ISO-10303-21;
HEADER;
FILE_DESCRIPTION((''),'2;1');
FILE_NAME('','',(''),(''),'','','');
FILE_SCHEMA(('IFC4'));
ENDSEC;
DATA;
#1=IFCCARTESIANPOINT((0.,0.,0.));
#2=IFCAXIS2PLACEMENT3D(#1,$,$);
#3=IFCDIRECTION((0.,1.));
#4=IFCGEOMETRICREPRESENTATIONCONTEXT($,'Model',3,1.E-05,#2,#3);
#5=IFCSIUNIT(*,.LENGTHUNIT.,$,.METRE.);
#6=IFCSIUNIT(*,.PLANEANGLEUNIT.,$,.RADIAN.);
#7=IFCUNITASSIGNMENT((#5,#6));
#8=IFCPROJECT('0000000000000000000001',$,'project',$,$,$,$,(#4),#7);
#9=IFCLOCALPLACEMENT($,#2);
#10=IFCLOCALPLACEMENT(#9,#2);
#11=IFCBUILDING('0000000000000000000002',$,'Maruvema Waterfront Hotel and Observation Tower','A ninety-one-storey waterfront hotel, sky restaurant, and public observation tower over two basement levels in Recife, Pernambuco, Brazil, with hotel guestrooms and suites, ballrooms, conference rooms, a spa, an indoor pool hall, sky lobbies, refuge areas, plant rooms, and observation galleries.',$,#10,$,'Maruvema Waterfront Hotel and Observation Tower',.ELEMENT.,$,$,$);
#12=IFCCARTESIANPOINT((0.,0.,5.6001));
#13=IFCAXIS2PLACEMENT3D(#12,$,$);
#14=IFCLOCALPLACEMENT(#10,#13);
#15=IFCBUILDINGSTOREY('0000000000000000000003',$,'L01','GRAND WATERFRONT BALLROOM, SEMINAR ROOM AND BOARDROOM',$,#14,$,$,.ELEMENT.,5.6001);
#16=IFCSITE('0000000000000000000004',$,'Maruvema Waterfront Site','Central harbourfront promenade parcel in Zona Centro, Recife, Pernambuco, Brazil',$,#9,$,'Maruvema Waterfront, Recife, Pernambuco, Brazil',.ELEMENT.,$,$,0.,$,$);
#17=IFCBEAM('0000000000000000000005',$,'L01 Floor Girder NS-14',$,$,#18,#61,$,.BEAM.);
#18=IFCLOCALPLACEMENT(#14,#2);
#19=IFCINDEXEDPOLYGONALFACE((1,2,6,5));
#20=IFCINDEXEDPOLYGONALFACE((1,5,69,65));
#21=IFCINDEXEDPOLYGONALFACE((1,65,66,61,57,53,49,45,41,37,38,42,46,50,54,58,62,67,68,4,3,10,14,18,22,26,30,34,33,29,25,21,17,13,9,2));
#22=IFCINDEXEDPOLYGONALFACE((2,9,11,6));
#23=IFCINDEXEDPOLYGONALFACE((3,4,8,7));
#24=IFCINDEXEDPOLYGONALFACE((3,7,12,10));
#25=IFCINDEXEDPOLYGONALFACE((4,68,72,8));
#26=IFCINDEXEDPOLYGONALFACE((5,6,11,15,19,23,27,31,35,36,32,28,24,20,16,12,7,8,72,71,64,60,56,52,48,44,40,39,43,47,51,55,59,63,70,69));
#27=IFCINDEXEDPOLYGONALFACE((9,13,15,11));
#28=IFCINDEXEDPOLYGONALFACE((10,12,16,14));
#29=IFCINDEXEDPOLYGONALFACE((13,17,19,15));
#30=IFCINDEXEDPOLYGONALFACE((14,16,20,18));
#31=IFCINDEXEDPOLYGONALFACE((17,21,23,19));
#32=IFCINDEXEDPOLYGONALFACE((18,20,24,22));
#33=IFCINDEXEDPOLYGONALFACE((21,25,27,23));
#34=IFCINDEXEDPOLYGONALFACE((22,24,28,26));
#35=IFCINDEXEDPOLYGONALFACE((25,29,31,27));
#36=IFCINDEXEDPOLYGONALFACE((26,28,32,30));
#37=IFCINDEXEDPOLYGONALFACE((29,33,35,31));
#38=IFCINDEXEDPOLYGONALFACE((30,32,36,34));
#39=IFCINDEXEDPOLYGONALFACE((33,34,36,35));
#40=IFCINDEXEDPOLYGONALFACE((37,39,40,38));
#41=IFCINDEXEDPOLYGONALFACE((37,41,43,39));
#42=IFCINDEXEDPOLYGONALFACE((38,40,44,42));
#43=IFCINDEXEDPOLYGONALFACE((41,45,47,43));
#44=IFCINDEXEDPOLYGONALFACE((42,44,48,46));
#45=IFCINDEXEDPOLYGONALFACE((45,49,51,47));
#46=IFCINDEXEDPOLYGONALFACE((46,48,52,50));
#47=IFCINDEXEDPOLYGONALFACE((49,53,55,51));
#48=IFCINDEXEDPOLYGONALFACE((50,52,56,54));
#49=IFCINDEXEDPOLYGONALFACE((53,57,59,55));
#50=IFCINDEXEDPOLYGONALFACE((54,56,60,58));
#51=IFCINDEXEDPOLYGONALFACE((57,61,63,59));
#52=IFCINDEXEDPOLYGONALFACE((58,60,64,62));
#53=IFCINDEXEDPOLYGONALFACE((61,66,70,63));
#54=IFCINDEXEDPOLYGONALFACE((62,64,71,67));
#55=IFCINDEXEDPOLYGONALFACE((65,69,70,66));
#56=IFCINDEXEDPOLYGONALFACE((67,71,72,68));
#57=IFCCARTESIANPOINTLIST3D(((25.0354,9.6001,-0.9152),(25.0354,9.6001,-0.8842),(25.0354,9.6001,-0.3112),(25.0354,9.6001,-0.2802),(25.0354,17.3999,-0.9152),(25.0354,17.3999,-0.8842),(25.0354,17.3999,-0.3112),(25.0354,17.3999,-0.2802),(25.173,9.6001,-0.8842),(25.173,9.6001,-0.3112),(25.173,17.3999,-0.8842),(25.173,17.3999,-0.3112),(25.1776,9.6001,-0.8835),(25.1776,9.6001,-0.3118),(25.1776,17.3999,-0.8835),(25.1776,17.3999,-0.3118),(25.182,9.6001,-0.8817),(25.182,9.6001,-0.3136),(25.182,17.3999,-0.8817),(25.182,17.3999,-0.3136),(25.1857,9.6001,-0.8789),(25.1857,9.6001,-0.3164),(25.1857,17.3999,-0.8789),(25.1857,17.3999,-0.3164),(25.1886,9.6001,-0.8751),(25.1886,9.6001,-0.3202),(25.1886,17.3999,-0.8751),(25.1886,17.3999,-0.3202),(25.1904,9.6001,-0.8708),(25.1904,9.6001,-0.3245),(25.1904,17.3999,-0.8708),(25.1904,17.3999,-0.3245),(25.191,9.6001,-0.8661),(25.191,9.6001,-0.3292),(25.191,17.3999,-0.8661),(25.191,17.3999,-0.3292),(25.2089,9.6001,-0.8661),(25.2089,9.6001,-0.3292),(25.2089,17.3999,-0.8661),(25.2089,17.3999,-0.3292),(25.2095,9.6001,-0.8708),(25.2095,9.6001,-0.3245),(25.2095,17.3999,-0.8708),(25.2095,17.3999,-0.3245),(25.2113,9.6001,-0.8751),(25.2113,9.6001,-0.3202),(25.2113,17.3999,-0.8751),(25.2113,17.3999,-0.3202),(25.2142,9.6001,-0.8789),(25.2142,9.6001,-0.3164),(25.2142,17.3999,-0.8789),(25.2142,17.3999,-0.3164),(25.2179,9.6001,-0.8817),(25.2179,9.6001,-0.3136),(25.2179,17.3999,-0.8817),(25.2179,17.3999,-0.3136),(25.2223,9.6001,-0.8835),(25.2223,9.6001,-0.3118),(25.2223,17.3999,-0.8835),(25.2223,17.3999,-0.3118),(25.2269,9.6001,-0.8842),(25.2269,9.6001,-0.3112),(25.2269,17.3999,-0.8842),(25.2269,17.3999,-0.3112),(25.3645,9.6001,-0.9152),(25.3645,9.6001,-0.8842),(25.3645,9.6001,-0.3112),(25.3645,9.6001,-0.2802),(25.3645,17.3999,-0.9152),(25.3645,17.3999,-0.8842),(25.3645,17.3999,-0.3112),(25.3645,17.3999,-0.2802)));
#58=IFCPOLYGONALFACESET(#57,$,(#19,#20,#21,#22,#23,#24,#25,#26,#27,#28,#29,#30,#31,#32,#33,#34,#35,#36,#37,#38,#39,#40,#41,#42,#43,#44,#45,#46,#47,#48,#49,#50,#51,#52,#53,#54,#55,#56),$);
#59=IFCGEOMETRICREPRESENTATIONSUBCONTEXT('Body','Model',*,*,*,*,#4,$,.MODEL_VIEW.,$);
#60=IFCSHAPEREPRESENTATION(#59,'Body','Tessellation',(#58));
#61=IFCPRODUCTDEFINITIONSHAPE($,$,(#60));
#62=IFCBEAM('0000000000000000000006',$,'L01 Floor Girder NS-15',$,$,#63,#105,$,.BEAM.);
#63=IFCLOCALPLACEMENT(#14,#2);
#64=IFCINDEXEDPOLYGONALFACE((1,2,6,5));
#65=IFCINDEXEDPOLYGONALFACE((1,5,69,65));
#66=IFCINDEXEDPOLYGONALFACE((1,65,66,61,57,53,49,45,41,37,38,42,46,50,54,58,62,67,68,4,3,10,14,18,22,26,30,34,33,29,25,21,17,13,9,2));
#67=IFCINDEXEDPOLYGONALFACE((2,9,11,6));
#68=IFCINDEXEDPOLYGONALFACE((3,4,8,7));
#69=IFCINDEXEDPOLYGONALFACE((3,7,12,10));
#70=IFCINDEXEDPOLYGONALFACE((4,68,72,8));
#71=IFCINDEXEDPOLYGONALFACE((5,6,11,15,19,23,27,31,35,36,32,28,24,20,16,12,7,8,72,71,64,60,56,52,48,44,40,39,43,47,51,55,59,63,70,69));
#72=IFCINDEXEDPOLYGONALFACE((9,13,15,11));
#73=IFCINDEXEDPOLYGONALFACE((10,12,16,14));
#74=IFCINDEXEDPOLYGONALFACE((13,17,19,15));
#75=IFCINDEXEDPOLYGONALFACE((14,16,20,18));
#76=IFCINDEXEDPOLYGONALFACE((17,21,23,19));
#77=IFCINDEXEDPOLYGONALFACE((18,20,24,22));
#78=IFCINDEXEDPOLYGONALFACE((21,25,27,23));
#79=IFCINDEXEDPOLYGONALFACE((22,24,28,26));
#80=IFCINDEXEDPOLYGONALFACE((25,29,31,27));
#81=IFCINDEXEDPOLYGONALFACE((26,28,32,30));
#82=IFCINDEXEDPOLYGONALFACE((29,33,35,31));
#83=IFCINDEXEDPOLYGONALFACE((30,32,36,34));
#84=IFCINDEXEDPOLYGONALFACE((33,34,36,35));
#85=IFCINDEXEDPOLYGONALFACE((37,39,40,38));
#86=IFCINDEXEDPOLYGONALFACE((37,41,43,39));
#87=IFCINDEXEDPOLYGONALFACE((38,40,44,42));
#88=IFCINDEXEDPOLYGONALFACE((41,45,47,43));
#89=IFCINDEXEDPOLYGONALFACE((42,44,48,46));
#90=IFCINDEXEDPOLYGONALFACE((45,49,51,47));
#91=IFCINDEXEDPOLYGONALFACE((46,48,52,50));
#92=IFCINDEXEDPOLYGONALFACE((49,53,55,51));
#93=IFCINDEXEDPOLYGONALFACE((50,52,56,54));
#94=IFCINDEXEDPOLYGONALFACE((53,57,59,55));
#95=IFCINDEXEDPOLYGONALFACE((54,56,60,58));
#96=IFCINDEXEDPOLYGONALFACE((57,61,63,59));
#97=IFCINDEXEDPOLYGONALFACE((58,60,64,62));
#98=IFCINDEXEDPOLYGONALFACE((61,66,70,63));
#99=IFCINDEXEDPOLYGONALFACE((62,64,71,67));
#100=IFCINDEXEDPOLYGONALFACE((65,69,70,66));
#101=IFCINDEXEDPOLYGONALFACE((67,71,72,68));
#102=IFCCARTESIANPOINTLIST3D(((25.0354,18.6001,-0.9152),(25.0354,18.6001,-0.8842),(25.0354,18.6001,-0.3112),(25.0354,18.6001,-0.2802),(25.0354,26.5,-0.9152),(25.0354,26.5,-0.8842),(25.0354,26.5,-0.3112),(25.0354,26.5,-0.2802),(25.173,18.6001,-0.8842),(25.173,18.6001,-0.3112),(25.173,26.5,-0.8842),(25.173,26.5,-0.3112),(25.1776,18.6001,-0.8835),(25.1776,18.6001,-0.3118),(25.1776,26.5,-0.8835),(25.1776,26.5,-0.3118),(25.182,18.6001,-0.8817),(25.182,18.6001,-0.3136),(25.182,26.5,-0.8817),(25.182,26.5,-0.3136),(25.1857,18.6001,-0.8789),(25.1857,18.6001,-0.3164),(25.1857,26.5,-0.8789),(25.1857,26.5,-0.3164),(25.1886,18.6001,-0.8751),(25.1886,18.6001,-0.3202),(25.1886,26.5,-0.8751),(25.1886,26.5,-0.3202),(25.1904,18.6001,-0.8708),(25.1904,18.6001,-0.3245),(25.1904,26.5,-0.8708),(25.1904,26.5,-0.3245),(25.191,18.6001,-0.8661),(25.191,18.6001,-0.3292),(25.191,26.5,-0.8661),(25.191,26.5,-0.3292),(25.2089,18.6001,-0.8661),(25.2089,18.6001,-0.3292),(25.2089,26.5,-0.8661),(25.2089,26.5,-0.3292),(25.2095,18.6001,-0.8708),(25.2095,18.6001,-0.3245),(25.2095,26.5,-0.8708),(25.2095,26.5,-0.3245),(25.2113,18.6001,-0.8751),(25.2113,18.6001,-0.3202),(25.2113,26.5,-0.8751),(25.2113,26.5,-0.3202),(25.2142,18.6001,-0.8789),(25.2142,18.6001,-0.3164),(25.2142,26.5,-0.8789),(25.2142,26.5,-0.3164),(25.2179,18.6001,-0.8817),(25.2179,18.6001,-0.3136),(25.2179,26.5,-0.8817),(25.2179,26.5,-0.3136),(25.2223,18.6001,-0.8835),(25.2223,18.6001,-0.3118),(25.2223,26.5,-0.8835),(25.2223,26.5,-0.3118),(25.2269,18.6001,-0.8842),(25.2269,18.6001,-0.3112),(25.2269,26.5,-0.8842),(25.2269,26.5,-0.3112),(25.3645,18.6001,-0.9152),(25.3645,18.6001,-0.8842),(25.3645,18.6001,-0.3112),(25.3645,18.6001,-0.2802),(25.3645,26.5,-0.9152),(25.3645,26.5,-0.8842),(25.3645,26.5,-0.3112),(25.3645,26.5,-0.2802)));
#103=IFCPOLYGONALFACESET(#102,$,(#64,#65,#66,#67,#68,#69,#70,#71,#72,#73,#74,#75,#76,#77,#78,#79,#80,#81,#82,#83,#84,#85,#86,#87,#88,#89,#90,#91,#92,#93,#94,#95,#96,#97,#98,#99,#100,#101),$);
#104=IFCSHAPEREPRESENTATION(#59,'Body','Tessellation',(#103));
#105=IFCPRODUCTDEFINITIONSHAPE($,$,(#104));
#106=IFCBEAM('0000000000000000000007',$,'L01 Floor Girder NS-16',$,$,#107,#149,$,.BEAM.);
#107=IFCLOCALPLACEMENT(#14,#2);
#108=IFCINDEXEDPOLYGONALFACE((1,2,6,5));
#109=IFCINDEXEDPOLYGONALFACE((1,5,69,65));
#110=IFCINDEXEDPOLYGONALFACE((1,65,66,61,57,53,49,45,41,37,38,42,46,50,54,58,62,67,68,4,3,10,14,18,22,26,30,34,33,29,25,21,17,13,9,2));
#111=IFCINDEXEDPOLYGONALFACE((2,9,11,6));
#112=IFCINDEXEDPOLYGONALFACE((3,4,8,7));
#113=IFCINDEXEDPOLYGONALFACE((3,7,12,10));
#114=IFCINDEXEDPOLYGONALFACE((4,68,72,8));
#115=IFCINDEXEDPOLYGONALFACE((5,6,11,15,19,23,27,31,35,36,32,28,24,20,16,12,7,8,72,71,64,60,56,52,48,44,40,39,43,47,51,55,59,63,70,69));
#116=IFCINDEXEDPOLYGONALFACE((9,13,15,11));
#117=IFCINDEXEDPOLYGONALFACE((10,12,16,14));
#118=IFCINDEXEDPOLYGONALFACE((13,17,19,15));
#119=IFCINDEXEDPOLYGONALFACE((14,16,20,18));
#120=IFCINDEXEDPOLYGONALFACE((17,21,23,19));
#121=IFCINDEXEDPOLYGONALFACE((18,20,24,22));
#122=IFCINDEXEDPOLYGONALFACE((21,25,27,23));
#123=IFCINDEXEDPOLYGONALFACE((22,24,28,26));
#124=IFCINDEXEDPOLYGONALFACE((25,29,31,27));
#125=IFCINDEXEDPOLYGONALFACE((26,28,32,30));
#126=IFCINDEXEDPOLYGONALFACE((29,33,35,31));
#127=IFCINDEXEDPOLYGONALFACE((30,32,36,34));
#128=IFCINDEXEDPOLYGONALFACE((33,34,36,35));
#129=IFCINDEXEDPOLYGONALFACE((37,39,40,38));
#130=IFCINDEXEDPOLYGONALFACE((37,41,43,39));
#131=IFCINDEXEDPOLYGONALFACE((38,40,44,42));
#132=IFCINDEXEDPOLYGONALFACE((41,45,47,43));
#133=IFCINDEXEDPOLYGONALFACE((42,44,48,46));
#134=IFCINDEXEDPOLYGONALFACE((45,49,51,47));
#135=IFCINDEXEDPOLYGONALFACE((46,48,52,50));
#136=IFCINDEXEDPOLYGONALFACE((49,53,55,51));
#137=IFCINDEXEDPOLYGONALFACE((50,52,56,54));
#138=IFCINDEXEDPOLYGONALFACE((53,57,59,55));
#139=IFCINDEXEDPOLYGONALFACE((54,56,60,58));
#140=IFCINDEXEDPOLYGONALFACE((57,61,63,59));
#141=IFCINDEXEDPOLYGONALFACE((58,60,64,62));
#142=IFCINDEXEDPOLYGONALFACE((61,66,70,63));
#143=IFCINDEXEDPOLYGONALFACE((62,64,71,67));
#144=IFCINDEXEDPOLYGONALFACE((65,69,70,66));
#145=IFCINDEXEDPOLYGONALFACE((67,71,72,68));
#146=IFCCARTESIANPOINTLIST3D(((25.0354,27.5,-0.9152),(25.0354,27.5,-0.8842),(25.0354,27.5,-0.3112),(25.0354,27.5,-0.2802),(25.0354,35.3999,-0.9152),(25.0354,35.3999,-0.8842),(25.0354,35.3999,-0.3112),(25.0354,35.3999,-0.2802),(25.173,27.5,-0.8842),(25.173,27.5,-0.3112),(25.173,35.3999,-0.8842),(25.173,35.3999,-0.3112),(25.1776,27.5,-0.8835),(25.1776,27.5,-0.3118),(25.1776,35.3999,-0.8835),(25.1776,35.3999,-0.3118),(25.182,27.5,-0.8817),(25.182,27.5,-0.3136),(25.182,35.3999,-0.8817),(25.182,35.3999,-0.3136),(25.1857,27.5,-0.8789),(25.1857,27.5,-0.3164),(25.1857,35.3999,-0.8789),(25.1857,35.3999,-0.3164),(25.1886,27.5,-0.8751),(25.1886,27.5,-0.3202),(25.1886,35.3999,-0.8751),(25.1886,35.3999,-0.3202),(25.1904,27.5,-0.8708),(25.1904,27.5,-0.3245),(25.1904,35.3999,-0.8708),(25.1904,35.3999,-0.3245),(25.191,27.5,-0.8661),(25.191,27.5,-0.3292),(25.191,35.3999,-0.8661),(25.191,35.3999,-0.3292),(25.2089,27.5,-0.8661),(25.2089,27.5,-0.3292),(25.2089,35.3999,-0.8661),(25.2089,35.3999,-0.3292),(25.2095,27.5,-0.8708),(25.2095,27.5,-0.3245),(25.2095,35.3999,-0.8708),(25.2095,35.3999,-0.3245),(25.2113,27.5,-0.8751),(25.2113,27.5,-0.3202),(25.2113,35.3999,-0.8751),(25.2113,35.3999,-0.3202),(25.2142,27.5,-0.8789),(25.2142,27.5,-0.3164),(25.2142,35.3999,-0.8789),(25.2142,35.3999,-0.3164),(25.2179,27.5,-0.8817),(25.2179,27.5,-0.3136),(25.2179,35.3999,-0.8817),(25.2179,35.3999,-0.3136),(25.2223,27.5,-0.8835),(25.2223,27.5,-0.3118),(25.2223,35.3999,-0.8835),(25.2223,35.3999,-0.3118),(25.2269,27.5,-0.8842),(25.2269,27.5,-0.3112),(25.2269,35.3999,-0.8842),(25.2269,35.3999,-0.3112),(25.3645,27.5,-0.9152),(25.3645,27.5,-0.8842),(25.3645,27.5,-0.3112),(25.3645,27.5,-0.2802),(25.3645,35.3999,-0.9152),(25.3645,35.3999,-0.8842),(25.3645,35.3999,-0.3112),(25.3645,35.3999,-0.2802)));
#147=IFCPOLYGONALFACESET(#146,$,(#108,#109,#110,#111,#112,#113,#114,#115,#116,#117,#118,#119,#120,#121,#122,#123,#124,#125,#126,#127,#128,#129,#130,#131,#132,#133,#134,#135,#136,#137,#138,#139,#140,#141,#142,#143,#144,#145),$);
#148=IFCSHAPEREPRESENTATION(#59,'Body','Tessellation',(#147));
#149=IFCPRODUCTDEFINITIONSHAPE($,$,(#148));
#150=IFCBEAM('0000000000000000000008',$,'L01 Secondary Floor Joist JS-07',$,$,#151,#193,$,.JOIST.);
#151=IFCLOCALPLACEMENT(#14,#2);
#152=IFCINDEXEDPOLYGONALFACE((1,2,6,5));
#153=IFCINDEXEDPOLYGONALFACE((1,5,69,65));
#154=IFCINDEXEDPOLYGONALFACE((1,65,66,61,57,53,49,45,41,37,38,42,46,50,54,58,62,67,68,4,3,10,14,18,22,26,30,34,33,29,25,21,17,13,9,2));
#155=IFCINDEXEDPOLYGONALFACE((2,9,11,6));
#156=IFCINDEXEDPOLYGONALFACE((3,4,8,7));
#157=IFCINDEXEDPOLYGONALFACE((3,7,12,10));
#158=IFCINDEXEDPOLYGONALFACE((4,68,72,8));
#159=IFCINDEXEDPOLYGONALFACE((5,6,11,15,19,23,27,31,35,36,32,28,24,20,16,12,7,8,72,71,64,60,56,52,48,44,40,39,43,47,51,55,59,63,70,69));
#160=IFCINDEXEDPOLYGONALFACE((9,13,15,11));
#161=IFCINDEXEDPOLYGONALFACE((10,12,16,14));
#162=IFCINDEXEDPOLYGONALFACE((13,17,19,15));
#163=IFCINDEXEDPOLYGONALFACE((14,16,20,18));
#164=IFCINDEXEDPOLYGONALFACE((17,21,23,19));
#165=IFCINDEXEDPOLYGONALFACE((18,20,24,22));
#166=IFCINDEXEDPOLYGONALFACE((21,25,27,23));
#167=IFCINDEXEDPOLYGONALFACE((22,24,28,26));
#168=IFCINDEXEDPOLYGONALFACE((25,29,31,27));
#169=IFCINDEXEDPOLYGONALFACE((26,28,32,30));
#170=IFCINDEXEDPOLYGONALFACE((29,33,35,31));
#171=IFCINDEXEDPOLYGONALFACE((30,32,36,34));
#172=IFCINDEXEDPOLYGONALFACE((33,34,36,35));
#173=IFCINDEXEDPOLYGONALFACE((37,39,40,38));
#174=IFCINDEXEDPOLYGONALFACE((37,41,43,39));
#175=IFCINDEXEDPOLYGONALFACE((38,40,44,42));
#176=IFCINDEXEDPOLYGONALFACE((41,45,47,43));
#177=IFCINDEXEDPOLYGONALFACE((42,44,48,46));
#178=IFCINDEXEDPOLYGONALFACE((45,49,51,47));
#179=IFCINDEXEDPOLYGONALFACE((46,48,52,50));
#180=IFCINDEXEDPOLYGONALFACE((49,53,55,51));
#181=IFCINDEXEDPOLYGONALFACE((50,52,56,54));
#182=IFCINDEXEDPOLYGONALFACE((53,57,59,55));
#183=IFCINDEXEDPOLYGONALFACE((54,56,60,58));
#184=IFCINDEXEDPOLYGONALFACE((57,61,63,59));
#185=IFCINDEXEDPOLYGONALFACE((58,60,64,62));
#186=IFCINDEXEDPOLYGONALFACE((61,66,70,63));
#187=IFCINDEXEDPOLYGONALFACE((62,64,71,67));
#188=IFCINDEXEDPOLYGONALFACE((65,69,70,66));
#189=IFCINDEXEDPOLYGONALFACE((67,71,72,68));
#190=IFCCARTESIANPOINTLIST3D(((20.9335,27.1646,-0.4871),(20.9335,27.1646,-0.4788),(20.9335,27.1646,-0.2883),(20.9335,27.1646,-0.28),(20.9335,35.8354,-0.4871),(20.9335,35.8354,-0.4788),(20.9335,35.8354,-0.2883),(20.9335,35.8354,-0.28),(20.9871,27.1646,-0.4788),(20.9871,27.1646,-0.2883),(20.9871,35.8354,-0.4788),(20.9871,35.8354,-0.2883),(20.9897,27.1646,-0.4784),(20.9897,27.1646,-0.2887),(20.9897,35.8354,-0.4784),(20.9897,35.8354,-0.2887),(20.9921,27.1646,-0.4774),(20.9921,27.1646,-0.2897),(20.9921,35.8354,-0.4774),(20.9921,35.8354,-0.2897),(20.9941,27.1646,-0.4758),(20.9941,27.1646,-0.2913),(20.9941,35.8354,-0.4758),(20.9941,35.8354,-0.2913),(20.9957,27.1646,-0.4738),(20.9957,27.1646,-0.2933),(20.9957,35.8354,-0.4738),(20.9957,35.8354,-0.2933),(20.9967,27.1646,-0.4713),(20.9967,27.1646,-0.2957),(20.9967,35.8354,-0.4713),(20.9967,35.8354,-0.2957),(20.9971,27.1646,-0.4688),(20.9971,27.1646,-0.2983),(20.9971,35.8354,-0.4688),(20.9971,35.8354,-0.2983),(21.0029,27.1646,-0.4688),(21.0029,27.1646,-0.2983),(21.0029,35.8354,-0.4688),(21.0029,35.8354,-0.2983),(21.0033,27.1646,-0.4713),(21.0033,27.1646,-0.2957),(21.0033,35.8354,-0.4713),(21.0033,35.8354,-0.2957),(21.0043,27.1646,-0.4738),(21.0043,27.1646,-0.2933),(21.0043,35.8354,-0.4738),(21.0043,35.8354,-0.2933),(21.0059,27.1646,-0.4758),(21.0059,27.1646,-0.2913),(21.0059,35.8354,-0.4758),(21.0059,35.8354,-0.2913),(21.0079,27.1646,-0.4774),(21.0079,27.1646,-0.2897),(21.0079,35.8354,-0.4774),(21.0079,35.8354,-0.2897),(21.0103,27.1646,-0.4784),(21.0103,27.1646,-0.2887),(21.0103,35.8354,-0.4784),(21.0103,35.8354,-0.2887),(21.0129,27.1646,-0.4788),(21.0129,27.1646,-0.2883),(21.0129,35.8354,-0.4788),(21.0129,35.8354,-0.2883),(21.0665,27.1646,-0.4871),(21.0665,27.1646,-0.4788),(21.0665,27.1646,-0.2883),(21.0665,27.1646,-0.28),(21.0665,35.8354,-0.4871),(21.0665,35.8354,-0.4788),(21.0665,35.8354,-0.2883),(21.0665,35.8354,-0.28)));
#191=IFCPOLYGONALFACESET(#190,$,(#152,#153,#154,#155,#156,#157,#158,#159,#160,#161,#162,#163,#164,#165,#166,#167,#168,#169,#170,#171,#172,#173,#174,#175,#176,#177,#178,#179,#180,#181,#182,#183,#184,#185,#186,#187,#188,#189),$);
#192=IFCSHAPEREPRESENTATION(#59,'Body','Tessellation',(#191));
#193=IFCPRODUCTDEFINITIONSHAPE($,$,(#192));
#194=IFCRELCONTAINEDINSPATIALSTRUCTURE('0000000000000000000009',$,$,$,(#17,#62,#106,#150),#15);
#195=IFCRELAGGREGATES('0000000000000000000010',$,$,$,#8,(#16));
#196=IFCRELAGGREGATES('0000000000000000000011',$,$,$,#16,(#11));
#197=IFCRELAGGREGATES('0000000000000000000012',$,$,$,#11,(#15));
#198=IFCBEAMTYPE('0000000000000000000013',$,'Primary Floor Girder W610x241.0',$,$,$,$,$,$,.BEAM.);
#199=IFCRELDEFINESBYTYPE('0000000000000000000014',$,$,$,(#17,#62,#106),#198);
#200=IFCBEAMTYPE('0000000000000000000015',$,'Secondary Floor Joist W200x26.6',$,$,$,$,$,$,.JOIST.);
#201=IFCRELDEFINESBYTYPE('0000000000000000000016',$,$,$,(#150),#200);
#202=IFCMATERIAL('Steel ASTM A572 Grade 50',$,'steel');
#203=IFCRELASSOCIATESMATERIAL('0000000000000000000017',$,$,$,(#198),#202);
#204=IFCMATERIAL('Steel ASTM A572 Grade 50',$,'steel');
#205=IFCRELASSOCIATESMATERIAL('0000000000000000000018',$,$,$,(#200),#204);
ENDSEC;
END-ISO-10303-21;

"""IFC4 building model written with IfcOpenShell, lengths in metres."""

from ifc_helpers import new_model, si_unit, direction, frame, origin, origin_2d, place, context, subcontext, project, spatial, i_section, extrude, material, material_profile, profile_set, type_object, element, save


model = new_model("IFC4")

# Units and contexts
model_context = context("Model", 3, precision=1e-05, world=origin(), true_north=direction((0.0, 1.0)))
body_context = subcontext(model_context, "Body", "Model", "MODEL_VIEW")
ifc_project = project(units=[si_unit("LENGTHUNIT", "METRE"), si_unit("PLANEANGLEUNIT", "RADIAN")], contexts=[model_context])

# Site, building, storey
site_placement = place(None, origin())
site = spatial("IfcSite", under=ifc_project, at=site_placement, Name="Maruvema Waterfront Site", Description="Central harbourfront promenade parcel in Zona Centro, Recife, Pernambuco, Brazil", LongName="Maruvema Waterfront, Recife, Pernambuco, Brazil", CompositionType="ELEMENT", RefElevation=0.0)
building_placement = place(site_placement, origin())
building = spatial("IfcBuilding", under=site, at=building_placement, Name="Maruvema Waterfront Hotel and Observation Tower", Description="A ninety-one-storey waterfront hotel, sky restaurant, and public observation tower over two basement levels in Recife, Pernambuco, Brazil, with hotel guestrooms and suites, ballrooms, conference rooms, a spa, an indoor pool hall, sky lobbies, refuge areas, plant rooms, and observation galleries.", LongName="Maruvema Waterfront Hotel and Observation Tower", CompositionType="ELEMENT")
storey_placement = place(building_placement, frame((0.0, 0.0, 5.6001)))
storey = spatial("IfcBuildingStorey", under=building, at=storey_placement, Name="L01", Description="GRAND WATERFRONT BALLROOM, SEMINAR ROOM AND BOARDROOM", CompositionType="ELEMENT", Elevation=5.6001)

# Beams
ifc_material_1 = material(Name="Steel ASTM A572 Grade 50", Category="steel")
ifc_material_profile_1 = material_profile(ifc_material_1, i_section(OverallWidth=0.3291, OverallDepth=0.635, WebThickness=0.0178, FlangeThickness=0.031, FilletRadius=0.0181, at=origin_2d()), Name="W610x241.0")
ifc_profile_set_1 = profile_set([ifc_material_profile_1], Name="Steel ASTM A572 Grade 50")
beam_type_1 = type_object("IfcBeamType", Name="Primary Floor Girder W610x241.0", PredefinedType="BEAM", material=ifc_profile_set_1)
beam_1_placement = place(storey_placement, frame((25.2, 9.6001, -0.5977), z_axis=(0.0, 1.0, 0.0), x_axis=(-1.0, 0.0, 0.0)))
element("IfcBeam", 1, at=beam_1_placement, inside=storey, type_object=beam_type_1, Name="L01 Floor Girder NS-14", PredefinedType="BEAM", context=body_context, shape_type="SweptSolid", body=[
    extrude(i_section(OverallWidth=0.3291, OverallDepth=0.635, WebThickness=0.0178, FlangeThickness=0.031, FilletRadius=0.0181, at=origin_2d()), origin(), (0.0, 0.0, 1.0), 7.7998),
])
for number, where, z_axis, x_axis, name in (
    (2, (25.2, 18.6001, -0.5977), (0.0, 1.0, 0.0), (-1.0, 0.0, 0.0), "L01 Floor Girder NS-15"),
    (3, (25.2, 27.5, -0.5977), (0.0, 1.0, 0.0), (-1.0, 0.0, 0.0), "L01 Floor Girder NS-16"),
):
    element("IfcBeam", number, at=place(storey_placement, frame(where, z_axis=z_axis, x_axis=x_axis)), inside=storey, type_object=beam_type_1, Name=name, PredefinedType="BEAM", context=body_context, shape_type="SweptSolid", body=[
        extrude(i_section(OverallWidth=0.3291, OverallDepth=0.635, WebThickness=0.0178, FlangeThickness=0.031, FilletRadius=0.0181, at=origin_2d()), origin(), (0.0, 0.0, 1.0), 7.8999),
    ])
ifc_material_2 = material(Name="Steel ASTM A572 Grade 50", Category="steel")
ifc_material_profile_2 = material_profile(ifc_material_2, i_section(OverallWidth=0.1331, OverallDepth=0.207, WebThickness=0.0059, FlangeThickness=0.0083, FilletRadius=0.01, at=origin_2d()), Name="W200x26.6")
ifc_profile_set_2 = profile_set([ifc_material_profile_2], Name="Steel ASTM A572 Grade 50")
beam_type_2 = type_object("IfcBeamType", Name="Secondary Floor Joist W200x26.6", PredefinedType="JOIST", material=ifc_profile_set_2)
beam_2_placement = place(storey_placement, frame((21.0, 27.1646, -0.3835), z_axis=(0.0, 1.0, 0.0), x_axis=(-1.0, 0.0, 0.0)))
element("IfcBeam", 4, at=beam_2_placement, inside=storey, type_object=beam_type_2, Name="L01 Secondary Floor Joist JS-07", PredefinedType="JOIST", context=body_context, shape_type="SweptSolid", body=[
    extrude(i_section(OverallWidth=0.1331, OverallDepth=0.207, WebThickness=0.0059, FlangeThickness=0.0083, FilletRadius=0.01, at=origin_2d()), origin(), (0.0, 0.0, 1.0), 8.6709),
])

save(model, "model.ifc")
